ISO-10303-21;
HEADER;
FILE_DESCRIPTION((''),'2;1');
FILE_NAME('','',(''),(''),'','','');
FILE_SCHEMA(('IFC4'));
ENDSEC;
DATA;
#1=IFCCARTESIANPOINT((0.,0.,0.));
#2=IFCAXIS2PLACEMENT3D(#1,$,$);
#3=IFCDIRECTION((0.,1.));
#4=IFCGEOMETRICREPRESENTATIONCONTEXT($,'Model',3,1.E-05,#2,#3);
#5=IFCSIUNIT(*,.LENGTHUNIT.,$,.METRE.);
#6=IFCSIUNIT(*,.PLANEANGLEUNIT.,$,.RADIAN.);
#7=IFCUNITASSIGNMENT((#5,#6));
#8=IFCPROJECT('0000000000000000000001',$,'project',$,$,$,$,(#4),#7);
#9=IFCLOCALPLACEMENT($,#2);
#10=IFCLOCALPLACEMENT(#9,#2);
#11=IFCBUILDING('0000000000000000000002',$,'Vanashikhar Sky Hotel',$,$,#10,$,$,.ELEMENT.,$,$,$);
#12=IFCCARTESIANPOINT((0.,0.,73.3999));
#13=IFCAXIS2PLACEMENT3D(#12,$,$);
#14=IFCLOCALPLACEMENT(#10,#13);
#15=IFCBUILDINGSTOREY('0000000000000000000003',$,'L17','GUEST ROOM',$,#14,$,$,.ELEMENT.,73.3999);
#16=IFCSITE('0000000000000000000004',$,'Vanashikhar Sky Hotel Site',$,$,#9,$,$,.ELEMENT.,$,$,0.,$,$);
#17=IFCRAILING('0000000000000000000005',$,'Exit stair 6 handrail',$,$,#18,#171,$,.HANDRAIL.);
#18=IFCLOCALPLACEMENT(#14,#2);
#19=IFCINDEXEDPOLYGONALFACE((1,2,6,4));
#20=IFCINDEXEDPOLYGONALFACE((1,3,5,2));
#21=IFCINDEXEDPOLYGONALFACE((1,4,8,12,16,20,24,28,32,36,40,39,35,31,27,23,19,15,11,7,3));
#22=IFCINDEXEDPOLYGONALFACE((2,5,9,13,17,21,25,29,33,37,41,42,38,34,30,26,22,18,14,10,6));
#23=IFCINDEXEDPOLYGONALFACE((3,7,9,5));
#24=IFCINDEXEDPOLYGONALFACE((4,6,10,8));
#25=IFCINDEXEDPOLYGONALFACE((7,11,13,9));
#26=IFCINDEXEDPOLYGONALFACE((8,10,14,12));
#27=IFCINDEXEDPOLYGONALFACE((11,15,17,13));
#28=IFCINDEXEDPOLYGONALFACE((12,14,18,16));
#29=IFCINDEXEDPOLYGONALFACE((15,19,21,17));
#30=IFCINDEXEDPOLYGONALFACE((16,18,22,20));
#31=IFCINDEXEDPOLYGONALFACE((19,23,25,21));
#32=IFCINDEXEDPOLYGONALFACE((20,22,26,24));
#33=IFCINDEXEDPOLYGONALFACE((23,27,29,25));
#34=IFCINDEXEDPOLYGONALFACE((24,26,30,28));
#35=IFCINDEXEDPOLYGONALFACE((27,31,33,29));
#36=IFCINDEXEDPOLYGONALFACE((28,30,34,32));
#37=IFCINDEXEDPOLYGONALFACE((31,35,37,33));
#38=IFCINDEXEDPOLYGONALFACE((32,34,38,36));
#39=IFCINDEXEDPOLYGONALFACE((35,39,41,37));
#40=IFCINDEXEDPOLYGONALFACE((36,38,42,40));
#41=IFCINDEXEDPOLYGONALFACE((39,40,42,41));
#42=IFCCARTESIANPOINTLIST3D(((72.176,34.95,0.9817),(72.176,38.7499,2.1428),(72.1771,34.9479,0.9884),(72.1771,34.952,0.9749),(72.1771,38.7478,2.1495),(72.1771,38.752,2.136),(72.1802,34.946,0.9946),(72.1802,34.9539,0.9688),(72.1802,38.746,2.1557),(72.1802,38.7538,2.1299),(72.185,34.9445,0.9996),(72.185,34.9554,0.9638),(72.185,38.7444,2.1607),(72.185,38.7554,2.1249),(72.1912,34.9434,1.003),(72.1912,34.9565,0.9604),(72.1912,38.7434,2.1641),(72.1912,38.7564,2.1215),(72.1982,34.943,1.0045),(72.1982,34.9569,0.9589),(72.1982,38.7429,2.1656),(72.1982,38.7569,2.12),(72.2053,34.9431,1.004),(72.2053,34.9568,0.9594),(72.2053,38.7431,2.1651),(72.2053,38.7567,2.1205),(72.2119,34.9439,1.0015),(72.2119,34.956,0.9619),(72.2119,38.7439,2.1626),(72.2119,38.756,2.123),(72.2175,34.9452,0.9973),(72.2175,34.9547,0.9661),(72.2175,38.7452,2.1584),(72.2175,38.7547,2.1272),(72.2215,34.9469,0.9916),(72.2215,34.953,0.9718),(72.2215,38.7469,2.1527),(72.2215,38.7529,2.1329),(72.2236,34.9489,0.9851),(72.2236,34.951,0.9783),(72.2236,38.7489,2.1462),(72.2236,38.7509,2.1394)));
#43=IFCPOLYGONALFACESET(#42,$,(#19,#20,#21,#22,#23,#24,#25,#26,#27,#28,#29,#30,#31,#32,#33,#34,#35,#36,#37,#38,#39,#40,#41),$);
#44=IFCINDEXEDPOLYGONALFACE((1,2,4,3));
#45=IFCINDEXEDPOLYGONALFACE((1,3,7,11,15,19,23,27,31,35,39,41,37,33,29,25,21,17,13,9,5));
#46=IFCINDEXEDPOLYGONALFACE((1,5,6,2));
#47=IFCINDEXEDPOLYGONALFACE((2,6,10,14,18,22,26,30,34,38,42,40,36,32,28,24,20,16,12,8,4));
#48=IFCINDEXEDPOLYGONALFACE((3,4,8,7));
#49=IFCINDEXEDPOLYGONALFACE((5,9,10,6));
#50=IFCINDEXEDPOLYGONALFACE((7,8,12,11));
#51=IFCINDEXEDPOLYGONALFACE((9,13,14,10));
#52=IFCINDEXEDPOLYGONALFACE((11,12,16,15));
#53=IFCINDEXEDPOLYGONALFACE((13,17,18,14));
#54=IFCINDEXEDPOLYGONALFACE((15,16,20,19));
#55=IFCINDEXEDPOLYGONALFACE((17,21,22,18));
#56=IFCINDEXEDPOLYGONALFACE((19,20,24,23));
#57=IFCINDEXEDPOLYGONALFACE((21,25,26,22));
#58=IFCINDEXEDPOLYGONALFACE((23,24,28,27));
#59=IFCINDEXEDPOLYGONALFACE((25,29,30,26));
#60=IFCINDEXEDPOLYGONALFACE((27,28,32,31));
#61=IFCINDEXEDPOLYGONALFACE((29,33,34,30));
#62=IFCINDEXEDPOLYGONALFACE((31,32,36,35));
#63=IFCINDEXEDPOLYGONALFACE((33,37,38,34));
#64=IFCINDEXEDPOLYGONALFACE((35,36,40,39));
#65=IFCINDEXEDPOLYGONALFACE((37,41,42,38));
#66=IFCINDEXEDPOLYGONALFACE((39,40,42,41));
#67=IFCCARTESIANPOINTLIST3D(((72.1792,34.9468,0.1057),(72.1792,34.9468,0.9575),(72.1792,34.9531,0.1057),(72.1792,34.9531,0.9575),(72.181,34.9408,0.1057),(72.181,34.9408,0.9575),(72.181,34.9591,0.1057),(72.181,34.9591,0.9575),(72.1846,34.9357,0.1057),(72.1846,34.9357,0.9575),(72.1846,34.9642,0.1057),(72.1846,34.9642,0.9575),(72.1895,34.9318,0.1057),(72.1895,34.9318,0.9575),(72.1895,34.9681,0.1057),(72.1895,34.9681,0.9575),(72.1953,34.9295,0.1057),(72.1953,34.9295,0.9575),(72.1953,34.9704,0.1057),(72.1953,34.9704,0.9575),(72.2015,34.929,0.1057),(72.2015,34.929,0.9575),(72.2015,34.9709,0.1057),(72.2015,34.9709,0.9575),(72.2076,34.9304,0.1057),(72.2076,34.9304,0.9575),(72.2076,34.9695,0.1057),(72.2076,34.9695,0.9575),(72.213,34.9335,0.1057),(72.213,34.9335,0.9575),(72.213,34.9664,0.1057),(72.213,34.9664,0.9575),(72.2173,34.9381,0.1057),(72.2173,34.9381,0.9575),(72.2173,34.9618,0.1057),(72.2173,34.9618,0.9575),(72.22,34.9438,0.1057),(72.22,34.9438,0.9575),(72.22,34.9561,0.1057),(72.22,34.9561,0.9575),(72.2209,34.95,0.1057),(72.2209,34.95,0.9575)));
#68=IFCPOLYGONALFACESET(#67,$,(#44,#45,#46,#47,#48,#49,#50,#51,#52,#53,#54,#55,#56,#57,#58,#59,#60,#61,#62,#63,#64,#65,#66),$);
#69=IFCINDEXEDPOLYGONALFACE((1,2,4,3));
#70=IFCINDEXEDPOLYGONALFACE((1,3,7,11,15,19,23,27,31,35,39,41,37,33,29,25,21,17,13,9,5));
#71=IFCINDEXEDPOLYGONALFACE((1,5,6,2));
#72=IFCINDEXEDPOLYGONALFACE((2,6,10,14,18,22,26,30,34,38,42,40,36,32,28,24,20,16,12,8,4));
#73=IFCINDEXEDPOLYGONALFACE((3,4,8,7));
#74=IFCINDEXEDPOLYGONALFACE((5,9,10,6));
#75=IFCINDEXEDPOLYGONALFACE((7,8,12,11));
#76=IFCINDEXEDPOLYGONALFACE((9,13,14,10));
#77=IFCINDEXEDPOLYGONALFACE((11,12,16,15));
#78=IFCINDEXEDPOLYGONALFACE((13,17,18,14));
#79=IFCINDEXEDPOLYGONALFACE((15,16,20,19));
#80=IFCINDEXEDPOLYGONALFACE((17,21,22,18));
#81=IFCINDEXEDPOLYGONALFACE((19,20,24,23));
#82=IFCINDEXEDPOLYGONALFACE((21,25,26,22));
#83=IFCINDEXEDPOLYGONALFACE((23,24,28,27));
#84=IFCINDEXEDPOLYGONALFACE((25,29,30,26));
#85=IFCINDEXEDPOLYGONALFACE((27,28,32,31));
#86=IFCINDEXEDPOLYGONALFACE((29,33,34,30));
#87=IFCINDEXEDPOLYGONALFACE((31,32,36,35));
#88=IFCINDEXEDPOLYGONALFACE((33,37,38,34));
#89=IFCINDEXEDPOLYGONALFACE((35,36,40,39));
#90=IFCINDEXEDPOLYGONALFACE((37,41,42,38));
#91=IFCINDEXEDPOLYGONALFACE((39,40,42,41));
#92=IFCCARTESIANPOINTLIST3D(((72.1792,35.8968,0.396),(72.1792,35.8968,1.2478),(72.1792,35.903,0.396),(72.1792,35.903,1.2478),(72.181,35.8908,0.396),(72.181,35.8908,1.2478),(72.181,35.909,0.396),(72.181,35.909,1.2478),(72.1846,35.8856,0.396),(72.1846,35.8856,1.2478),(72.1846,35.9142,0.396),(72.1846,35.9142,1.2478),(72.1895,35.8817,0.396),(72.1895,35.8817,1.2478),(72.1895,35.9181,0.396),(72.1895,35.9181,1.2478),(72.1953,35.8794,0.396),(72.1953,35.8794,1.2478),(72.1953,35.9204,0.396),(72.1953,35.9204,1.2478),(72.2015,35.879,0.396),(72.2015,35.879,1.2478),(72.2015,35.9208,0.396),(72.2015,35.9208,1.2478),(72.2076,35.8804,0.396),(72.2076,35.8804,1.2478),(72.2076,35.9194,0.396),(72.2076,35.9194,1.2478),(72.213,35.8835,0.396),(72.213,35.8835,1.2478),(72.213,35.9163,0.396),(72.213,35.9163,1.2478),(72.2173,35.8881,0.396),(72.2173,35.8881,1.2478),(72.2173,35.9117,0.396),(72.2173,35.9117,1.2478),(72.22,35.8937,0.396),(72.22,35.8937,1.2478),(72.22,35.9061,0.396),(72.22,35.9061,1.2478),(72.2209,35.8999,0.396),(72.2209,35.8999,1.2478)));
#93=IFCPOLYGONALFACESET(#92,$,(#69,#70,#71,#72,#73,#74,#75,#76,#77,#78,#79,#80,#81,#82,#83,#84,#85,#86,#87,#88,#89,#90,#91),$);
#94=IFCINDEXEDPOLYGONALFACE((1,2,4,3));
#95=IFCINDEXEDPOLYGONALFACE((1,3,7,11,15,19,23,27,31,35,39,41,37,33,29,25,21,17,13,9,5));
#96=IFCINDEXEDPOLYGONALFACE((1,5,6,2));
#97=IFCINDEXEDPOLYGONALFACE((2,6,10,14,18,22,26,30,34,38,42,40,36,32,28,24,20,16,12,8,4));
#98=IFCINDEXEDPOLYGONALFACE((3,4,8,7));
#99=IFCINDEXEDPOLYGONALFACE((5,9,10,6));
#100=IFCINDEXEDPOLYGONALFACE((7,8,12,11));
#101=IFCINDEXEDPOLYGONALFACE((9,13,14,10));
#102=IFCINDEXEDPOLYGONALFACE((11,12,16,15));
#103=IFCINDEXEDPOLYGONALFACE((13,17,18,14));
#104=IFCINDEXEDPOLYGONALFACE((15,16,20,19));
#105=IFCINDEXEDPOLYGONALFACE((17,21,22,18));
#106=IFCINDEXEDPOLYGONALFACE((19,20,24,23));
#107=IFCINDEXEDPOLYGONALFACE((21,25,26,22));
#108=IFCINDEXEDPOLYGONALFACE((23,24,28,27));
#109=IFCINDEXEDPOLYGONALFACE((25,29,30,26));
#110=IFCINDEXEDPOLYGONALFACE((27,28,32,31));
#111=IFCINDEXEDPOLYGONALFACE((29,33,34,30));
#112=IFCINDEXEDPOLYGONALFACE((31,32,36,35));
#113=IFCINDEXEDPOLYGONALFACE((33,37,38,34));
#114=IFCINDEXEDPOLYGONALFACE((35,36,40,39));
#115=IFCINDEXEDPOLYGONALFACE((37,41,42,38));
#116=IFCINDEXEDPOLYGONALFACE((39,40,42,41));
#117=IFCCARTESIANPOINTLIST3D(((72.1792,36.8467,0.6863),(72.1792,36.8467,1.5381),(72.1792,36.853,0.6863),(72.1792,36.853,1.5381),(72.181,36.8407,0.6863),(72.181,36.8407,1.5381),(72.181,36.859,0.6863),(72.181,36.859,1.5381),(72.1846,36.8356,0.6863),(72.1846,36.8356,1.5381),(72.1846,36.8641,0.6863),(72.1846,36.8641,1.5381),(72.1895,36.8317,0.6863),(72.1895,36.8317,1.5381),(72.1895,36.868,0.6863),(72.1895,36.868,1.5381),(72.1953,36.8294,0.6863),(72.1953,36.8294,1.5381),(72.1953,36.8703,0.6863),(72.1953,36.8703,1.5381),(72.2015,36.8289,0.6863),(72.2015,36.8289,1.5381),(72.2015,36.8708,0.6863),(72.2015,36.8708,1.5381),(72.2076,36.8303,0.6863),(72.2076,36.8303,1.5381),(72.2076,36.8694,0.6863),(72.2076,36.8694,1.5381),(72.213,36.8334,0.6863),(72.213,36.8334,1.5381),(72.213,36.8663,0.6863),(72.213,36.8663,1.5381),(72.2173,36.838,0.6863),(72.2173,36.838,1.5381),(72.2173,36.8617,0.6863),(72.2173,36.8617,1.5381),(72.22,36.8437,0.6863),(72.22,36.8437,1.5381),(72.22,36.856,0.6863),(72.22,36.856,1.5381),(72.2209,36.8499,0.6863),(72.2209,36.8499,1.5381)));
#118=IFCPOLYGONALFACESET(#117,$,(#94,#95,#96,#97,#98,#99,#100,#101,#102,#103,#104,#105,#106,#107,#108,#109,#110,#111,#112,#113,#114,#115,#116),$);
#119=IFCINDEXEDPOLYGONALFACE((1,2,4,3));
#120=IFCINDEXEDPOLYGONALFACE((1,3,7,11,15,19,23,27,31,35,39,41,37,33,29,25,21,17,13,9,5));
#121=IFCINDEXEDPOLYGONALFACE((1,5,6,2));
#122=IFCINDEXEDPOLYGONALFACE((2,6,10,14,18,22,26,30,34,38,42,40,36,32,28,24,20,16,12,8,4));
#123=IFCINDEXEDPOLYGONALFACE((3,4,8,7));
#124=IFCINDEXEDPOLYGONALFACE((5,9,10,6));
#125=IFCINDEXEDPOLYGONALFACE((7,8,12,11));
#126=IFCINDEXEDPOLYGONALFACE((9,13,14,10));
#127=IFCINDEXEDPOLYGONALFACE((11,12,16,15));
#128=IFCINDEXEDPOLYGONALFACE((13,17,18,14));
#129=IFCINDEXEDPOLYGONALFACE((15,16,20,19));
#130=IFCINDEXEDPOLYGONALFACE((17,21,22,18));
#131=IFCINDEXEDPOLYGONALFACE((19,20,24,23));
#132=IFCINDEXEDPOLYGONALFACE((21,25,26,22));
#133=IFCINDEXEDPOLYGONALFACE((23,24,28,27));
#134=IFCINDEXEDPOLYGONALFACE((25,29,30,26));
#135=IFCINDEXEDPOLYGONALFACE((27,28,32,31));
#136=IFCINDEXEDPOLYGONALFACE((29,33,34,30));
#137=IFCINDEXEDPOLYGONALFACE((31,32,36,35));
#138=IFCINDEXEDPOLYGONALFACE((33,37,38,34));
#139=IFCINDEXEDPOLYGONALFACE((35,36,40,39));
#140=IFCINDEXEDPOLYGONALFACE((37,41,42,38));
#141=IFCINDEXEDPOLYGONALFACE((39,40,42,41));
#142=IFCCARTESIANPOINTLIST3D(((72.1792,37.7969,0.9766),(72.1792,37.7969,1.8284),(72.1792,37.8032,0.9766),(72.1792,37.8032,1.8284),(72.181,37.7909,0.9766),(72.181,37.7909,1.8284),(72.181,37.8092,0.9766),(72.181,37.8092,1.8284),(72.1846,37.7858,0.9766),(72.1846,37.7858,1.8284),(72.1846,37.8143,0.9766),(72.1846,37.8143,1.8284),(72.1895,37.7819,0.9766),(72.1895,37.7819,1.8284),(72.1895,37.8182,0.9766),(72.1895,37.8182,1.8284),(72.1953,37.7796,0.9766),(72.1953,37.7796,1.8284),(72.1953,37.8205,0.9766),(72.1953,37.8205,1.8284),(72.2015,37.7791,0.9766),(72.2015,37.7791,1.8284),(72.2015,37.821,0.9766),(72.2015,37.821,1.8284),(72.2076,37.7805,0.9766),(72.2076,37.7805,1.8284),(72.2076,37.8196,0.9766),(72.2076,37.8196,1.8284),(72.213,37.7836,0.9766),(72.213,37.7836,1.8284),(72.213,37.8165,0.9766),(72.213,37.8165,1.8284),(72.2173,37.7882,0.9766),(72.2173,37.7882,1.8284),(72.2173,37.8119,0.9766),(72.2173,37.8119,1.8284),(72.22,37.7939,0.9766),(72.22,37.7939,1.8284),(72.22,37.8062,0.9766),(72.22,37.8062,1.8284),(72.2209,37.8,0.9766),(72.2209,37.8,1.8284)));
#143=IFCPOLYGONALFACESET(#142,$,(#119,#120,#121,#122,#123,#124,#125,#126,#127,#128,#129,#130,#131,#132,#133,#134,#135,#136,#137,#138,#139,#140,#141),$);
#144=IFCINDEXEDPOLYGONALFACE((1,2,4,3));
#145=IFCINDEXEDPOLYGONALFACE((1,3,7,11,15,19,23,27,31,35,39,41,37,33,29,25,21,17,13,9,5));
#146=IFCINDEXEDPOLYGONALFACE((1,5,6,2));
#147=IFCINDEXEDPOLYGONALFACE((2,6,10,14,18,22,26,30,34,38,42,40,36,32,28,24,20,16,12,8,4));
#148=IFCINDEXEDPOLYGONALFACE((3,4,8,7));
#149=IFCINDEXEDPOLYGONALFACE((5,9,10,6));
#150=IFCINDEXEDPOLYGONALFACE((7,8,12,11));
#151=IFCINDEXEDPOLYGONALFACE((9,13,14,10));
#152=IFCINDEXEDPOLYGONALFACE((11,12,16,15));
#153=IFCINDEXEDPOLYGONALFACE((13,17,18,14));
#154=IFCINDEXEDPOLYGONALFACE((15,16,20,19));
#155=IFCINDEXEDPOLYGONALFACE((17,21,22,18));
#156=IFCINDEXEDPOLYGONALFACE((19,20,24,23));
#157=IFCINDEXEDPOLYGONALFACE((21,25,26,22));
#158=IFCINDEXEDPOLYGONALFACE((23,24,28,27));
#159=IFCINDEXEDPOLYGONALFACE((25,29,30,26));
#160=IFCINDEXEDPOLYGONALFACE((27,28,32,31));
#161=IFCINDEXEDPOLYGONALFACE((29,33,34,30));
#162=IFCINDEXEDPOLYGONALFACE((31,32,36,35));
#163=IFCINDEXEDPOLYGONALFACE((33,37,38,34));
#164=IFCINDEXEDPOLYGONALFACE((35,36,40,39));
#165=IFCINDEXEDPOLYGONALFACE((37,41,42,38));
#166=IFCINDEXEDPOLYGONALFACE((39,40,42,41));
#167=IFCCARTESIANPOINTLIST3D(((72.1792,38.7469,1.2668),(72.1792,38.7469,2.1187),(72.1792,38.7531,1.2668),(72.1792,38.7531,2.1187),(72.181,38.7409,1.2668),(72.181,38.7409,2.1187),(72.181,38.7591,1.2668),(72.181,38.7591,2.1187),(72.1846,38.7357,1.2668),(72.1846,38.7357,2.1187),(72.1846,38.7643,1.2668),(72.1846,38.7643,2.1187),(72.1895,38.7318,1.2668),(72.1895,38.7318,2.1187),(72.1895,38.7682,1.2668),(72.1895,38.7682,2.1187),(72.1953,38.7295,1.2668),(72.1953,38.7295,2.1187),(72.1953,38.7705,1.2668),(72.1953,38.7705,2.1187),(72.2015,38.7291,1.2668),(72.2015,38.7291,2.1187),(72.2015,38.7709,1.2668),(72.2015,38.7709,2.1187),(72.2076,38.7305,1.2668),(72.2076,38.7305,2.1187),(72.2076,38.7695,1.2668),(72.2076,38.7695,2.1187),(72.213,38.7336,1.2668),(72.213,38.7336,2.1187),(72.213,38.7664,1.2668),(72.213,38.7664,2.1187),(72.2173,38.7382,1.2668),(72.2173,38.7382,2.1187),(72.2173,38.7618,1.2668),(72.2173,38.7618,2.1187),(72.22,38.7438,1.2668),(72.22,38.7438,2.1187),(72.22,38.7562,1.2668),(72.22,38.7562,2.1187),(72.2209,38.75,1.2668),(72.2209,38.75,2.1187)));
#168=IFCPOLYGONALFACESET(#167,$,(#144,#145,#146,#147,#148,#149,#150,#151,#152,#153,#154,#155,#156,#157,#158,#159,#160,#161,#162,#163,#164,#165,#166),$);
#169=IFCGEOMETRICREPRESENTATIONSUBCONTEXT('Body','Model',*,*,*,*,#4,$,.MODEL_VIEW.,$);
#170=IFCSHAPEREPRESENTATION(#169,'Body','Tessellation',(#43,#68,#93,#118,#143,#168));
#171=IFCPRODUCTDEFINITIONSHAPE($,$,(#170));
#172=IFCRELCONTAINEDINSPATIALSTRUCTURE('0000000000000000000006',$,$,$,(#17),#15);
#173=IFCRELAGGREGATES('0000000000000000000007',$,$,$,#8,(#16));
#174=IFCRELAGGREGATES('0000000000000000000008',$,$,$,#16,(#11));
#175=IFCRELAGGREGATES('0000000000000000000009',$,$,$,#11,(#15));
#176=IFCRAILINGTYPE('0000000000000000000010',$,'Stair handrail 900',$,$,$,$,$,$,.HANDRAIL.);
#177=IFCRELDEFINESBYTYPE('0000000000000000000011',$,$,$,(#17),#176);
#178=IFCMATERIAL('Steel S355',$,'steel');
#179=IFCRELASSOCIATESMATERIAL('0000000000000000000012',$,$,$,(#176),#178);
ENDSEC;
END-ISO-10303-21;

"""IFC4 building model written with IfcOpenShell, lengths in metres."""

from ifc_helpers import new_model, si_unit, direction, frame, origin, origin_2d, place, context, subcontext, project, spatial, circle, extrude, source, transform, mapped, material, type_object, element, save


model = new_model("IFC4")

# Units and contexts
model_context = context("Model", 3, precision=1e-05, world=origin(), true_north=direction((0.0, 1.0)))
body_context = subcontext(model_context, "Body", "Model", "MODEL_VIEW")
ifc_project = project(units=[si_unit("LENGTHUNIT", "METRE"), si_unit("PLANEANGLEUNIT", "RADIAN")], contexts=[model_context])

# Site, building, storey
site_placement = place(None, origin())
site = spatial("IfcSite", under=ifc_project, at=site_placement, Name="Vanashikhar Sky Hotel Site", CompositionType="ELEMENT", RefElevation=0.0)
building_placement = place(site_placement, origin())
building = spatial("IfcBuilding", under=site, at=building_placement, Name="Vanashikhar Sky Hotel", CompositionType="ELEMENT")
storey_placement = place(building_placement, frame((0.0, 0.0, 73.3999)))
storey = spatial("IfcBuildingStorey", under=building, at=storey_placement, Name="L17", Description="GUEST ROOM", CompositionType="ELEMENT", Elevation=73.3999)

# Railing
ifc_material_1 = material(Name="Steel S355", Category="steel")
railing_type_1 = type_object("IfcRailingType", Name="Stair handrail 900", PredefinedType="HANDRAIL", material=ifc_material_1)
shared_shape_1 = source(origin(), body_context, "Body", "SweptSolid", [
    extrude(circle(Radius=0.0239, at=origin_2d()), frame((0.0, 0.0, 0.876), z_axis=(0.0, 0.956351, 0.29222), x_axis=(-1.0, 0.0, 0.0)), (0.0, 0.0, 1.0), 3.9734),
    extrude(circle(Radius=0.021, at=origin_2d()), origin(), (0.0, 0.0, 1.0), 0.8518),
    extrude(circle(Radius=0.021, at=origin_2d()), frame((0.0, 0.95, 0.2903)), (0.0, 0.0, 1.0), 0.8518),
    extrude(circle(Radius=0.021, at=origin_2d()), frame((0.0, 1.8999, 0.5806)), (0.0, 0.0, 1.0), 0.8518),
    extrude(circle(Radius=0.021, at=origin_2d()), frame((0.0, 2.8501, 0.8708)), (0.0, 0.0, 1.0), 0.8518),
    extrude(circle(Radius=0.021, at=origin_2d()), frame((0.0, 3.8, 1.1611)), (0.0, 0.0, 1.0), 0.8518),
])
for number, where, name in (
    (1, (72.2, 34.95, 0.1057), "Exit stair 6 handrail"),
):
    element("IfcRailing", number, at=place(storey_placement, frame(where)), inside=storey, type_object=railing_type_1, Name=name, PredefinedType="HANDRAIL", context=body_context, shape_type="MappedRepresentation", body=[
        mapped(shared_shape_1, transform((0.0, 0.0, 0.0), scale=1.0)),
    ])

save(model, "model.ifc")
